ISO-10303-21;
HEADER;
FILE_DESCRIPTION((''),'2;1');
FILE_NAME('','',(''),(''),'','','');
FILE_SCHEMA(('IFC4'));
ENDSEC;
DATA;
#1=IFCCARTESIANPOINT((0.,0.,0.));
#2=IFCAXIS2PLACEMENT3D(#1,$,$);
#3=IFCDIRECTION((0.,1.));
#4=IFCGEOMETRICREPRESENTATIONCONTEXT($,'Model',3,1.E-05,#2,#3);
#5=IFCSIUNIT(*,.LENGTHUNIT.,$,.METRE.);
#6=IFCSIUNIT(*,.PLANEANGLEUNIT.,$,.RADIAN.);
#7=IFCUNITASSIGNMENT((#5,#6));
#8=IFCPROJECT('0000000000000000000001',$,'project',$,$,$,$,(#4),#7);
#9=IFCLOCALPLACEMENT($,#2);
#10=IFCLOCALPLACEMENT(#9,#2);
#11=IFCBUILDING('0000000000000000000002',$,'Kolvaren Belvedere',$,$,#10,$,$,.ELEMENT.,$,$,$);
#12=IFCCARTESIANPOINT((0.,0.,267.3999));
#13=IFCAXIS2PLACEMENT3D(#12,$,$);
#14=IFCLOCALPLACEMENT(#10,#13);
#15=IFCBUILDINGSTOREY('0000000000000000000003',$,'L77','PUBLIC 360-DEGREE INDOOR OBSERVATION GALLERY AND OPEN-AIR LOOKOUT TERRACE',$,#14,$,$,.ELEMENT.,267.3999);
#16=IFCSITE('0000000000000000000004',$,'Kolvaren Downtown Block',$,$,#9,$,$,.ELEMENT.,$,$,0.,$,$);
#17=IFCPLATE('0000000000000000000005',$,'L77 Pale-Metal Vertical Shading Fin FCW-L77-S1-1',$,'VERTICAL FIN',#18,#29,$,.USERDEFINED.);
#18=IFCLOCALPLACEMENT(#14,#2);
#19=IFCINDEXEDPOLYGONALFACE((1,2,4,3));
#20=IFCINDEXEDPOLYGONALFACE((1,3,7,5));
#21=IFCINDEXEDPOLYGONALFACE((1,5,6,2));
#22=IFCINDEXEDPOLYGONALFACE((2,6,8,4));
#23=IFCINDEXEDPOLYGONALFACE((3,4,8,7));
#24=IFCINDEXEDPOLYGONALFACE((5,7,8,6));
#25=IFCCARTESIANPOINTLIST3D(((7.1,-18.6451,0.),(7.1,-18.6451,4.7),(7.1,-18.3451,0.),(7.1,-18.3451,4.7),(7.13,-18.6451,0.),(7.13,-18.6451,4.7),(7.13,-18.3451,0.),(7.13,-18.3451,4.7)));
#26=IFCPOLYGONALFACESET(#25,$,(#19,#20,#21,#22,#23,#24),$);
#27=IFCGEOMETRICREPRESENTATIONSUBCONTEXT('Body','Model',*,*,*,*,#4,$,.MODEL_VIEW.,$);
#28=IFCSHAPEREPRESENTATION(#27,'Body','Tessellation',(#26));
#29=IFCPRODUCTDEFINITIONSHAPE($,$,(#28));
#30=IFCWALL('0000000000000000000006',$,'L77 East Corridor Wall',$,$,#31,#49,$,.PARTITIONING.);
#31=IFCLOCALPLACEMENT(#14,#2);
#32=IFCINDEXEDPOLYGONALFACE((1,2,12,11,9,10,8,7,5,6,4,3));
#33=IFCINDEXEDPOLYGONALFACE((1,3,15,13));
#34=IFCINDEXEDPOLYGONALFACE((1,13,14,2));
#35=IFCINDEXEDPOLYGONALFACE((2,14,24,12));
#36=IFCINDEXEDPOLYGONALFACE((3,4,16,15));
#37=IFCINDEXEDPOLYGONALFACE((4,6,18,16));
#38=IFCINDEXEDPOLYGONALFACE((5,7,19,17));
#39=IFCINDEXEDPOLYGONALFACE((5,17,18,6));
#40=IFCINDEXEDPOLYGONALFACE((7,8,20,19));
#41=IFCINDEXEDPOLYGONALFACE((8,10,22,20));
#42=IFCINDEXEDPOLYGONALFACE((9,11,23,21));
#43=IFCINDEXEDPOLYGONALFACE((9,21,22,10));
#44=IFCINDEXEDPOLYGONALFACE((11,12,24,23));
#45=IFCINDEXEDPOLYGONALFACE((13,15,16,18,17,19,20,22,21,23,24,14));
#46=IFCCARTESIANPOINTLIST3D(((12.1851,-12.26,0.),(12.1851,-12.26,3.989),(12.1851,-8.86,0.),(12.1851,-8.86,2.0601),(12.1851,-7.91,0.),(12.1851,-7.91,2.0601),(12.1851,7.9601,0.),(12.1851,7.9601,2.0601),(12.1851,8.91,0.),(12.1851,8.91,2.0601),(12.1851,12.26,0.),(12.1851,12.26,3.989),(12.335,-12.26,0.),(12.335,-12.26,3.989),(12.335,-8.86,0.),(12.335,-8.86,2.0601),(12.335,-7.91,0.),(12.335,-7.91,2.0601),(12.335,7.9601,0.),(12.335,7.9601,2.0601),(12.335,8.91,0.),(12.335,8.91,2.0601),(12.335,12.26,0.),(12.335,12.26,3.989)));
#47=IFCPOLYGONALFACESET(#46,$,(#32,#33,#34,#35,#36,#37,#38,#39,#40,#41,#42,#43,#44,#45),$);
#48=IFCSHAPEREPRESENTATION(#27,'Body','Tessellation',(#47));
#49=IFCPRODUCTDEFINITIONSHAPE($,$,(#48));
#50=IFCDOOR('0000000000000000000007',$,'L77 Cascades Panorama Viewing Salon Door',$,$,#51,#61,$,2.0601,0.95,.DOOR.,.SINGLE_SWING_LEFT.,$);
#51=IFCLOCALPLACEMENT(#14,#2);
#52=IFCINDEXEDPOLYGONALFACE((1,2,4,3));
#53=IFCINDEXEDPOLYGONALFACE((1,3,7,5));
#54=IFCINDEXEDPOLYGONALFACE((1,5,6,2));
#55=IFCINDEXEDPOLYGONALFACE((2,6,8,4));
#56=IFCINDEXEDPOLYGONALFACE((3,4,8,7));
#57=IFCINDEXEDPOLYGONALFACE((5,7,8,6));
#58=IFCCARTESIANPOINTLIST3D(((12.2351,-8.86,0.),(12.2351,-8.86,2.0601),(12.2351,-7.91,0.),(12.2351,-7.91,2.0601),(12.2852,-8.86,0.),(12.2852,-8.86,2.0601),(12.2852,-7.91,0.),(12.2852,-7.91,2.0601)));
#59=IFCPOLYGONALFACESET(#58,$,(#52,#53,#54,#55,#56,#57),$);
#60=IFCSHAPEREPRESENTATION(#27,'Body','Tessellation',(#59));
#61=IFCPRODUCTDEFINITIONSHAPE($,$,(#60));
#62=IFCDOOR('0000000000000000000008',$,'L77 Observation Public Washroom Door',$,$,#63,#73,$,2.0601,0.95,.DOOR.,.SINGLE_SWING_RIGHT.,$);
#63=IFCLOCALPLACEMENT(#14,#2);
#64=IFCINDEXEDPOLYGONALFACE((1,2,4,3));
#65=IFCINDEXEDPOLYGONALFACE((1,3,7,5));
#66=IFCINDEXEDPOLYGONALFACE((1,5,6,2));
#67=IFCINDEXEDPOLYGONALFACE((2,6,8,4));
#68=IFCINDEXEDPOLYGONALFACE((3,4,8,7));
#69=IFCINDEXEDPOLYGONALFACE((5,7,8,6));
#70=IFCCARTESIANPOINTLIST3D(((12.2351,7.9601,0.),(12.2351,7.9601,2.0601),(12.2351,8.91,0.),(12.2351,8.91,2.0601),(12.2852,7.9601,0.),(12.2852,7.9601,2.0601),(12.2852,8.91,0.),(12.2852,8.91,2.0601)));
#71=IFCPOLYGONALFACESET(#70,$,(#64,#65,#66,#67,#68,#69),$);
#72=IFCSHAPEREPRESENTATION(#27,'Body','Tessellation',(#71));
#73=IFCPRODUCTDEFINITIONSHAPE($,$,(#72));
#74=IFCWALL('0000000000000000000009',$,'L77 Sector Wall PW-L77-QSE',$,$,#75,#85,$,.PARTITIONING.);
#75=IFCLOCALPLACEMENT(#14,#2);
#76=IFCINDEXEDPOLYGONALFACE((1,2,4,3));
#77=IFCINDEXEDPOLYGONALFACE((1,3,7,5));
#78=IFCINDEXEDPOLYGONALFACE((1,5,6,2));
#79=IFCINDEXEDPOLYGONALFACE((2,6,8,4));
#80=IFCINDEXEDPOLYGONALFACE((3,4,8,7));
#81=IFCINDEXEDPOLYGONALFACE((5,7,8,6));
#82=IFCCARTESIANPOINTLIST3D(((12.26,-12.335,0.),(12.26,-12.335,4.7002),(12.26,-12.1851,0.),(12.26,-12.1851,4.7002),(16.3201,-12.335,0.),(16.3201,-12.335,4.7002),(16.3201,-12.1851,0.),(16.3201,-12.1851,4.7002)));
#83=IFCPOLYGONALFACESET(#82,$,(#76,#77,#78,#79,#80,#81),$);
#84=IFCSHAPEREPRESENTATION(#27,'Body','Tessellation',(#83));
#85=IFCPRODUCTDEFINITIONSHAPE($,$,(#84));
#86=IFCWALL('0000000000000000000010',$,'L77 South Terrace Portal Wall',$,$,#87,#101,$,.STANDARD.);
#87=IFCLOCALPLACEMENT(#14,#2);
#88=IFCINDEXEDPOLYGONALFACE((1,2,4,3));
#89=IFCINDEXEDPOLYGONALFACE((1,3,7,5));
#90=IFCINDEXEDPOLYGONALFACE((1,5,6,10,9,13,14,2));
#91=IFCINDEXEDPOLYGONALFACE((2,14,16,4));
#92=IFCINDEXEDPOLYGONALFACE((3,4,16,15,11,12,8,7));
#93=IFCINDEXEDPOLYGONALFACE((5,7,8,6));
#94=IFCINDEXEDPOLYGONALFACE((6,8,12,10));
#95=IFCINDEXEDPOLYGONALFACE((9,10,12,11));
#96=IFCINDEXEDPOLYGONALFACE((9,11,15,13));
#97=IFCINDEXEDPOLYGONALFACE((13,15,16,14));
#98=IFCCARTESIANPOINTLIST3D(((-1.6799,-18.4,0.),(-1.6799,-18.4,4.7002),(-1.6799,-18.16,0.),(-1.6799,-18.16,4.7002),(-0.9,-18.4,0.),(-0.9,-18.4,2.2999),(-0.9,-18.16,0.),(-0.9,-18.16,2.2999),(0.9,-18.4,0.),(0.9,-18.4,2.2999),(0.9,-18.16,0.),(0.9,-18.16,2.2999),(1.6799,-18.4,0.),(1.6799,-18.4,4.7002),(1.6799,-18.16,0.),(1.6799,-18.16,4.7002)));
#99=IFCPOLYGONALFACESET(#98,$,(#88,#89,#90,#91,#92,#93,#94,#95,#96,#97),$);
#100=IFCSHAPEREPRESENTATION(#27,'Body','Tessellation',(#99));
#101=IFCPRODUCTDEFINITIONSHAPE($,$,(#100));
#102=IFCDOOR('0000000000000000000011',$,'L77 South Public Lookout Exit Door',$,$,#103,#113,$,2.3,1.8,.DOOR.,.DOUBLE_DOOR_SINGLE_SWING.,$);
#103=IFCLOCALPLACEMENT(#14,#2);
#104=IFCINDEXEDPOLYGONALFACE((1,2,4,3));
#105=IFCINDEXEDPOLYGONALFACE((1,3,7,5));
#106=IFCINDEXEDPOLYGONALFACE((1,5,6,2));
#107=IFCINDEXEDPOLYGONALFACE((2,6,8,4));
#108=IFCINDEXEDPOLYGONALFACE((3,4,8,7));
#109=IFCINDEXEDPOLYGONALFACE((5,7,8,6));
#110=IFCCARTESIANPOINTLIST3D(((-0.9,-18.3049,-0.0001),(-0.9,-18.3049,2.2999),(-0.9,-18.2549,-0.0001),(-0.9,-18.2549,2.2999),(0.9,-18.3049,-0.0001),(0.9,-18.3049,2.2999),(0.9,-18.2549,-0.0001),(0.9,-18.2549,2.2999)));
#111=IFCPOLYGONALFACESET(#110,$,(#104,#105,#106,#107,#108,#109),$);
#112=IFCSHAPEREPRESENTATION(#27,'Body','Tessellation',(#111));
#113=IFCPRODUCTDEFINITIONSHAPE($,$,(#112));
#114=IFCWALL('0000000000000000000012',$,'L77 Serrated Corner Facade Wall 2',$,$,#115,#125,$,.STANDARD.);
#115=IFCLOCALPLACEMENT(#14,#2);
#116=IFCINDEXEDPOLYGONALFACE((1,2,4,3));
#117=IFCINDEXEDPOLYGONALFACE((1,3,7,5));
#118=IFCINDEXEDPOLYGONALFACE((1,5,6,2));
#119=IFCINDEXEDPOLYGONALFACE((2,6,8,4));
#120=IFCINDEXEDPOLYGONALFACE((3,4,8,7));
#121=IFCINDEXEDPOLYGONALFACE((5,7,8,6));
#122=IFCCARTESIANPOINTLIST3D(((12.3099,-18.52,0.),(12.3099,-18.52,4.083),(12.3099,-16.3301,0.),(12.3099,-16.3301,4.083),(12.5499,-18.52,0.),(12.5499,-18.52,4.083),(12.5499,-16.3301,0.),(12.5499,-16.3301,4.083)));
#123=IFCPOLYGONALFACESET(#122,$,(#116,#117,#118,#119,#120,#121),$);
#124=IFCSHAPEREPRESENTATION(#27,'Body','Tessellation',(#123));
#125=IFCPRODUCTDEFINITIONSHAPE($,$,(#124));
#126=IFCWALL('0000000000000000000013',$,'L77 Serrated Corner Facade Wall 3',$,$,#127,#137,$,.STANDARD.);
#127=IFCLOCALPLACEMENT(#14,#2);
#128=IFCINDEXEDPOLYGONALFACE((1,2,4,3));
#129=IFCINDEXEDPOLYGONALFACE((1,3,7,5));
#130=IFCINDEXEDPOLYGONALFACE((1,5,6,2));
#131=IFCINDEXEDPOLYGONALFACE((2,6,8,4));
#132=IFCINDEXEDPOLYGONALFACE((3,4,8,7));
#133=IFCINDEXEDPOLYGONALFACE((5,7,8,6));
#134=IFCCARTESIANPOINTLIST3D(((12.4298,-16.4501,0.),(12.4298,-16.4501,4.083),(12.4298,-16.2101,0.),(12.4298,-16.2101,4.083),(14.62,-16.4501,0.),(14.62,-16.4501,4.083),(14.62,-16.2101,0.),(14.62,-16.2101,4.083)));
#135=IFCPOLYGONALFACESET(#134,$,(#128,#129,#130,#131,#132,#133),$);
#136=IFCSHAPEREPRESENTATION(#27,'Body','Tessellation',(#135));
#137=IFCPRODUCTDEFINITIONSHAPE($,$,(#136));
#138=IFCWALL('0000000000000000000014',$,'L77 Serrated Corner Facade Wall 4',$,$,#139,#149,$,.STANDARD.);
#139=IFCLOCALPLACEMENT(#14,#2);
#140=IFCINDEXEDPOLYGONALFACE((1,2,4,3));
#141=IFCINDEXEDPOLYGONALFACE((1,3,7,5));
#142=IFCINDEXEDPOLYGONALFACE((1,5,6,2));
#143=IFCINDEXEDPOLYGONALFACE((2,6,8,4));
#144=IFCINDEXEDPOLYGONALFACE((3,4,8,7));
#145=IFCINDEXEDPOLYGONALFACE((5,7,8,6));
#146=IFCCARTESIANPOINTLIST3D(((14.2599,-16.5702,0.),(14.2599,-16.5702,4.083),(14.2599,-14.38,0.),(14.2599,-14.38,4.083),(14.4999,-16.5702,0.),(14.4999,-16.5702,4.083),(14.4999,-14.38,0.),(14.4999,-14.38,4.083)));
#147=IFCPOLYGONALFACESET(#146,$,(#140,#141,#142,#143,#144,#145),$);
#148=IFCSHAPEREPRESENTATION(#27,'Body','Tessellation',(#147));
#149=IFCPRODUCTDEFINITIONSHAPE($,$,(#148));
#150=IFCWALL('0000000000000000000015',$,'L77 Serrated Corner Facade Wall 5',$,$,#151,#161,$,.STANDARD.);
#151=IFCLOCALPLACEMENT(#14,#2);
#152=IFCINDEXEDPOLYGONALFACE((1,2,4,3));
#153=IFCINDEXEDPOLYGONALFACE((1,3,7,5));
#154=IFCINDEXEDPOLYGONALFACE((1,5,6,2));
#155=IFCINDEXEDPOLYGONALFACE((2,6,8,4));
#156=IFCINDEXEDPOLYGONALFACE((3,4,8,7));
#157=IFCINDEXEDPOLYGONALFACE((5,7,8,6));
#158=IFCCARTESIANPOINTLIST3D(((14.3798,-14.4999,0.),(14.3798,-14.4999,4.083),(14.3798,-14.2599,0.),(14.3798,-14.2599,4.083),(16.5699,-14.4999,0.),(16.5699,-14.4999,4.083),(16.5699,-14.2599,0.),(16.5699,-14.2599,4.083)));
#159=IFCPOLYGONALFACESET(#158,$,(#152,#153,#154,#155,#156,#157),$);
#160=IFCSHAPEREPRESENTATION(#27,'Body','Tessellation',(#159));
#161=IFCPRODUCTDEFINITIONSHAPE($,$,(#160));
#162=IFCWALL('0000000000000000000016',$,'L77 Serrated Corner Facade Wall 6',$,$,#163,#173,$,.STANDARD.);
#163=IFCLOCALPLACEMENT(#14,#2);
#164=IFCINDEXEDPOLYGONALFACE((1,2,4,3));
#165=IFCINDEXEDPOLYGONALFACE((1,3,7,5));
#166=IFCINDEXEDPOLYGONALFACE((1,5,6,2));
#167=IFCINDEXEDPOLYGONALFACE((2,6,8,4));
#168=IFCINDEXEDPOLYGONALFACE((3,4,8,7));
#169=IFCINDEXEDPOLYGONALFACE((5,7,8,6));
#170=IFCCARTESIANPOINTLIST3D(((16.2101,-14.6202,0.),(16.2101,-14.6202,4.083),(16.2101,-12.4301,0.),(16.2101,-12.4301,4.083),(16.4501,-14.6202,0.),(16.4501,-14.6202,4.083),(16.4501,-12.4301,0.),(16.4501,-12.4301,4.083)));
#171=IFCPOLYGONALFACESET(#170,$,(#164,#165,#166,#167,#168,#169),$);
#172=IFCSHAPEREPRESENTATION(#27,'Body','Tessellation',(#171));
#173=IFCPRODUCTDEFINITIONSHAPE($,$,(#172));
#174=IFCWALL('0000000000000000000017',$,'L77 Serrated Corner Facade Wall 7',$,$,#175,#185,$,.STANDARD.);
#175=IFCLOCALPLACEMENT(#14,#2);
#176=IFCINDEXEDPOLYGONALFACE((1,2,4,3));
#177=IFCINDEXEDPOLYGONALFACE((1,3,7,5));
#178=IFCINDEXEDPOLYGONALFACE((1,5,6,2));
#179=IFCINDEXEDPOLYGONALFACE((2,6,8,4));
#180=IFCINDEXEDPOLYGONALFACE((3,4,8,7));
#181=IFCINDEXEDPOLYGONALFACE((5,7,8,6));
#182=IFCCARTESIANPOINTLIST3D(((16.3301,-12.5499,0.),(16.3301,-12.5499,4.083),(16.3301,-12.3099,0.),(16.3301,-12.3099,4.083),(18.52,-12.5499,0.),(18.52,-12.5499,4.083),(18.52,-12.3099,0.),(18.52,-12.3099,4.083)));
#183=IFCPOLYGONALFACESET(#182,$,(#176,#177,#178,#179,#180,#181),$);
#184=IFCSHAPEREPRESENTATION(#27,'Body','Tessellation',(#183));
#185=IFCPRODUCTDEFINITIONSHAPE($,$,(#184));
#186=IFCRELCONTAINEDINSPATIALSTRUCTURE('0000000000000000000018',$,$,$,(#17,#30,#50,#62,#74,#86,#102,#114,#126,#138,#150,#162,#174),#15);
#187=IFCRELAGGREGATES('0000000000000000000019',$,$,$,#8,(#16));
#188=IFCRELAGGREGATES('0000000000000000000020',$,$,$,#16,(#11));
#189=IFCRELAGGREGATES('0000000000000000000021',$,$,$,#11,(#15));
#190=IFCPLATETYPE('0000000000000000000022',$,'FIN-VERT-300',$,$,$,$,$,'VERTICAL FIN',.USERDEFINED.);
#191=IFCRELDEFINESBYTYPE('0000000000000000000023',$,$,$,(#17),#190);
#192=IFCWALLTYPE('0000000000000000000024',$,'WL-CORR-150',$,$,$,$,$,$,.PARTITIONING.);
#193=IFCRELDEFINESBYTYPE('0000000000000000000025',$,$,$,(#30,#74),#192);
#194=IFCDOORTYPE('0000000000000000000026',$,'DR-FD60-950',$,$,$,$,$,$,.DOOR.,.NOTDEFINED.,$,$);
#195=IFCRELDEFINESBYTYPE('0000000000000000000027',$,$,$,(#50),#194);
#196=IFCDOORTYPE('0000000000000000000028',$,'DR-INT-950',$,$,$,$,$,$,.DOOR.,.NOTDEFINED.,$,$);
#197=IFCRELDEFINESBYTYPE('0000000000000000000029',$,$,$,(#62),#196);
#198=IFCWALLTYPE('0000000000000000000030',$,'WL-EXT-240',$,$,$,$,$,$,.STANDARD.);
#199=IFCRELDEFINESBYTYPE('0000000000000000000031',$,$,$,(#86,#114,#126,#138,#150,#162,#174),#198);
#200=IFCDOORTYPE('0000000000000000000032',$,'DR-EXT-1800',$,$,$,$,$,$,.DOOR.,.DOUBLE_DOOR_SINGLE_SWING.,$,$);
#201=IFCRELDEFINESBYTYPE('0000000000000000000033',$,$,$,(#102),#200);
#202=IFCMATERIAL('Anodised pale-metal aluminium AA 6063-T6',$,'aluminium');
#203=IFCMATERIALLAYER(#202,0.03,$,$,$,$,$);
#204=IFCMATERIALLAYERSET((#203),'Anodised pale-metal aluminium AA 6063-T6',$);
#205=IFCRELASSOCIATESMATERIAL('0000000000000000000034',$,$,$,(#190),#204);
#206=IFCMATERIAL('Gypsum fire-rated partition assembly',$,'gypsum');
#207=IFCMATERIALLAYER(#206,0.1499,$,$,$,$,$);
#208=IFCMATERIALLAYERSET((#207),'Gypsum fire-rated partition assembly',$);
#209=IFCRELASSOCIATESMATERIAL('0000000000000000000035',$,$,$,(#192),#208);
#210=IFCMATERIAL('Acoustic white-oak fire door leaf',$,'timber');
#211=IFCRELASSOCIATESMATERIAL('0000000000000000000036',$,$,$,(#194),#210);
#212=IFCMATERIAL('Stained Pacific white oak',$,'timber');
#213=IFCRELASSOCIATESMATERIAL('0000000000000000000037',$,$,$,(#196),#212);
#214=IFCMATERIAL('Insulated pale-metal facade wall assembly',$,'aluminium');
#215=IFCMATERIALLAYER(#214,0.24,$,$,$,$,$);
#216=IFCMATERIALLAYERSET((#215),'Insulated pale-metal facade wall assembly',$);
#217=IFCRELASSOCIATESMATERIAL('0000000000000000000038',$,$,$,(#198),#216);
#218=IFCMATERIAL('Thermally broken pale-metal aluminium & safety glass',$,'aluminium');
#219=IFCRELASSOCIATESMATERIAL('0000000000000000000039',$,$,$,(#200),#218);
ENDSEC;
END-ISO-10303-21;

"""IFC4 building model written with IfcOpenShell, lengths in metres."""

from ifc_helpers import new_model, si_unit, direction, frame, frame_2d, origin, origin_2d, place, context, subcontext, project, spatial, rectangle, extrude, material, layer, layer_set, type_object, element, fill, save


model = new_model("IFC4")

# Units and contexts
model_context = context("Model", 3, precision=1e-05, world=origin(), true_north=direction((0.0, 1.0)))
body_context = subcontext(model_context, "Body", "Model", "MODEL_VIEW")
ifc_project = project(units=[si_unit("LENGTHUNIT", "METRE"), si_unit("PLANEANGLEUNIT", "RADIAN")], contexts=[model_context])

# Site, building, storey
site_placement = place(None, origin())
site = spatial("IfcSite", under=ifc_project, at=site_placement, Name="Kolvaren Downtown Block", CompositionType="ELEMENT", RefElevation=0.0)
building_placement = place(site_placement, origin())
building = spatial("IfcBuilding", under=site, at=building_placement, Name="Kolvaren Belvedere", CompositionType="ELEMENT")
storey_placement = place(building_placement, frame((0.0, 0.0, 267.3999)))
storey = spatial("IfcBuildingStorey", under=building, at=storey_placement, Name="L77", Description="PUBLIC 360-DEGREE INDOOR OBSERVATION GALLERY AND OPEN-AIR LOOKOUT TERRACE", CompositionType="ELEMENT", Elevation=267.3999)

# Plate
ifc_material_1 = material(Name="Anodised pale-metal aluminium AA 6063-T6", Category="aluminium")
ifc_layer_1 = layer(ifc_material_1, 0.03)
ifc_layer_set_1 = layer_set([ifc_layer_1], Name="Anodised pale-metal aluminium AA 6063-T6")
plate_type_1 = type_object("IfcPlateType", Name="FIN-VERT-300", ElementType="VERTICAL FIN", PredefinedType="USERDEFINED", material=ifc_layer_set_1)
plate_1_placement = place(storey_placement, frame((7.115, -18.4951, 0.0), z_axis=(0.0, 0.0, 1.0), x_axis=(0.0, 1.0, 0.0)))
element("IfcPlate", 1, at=plate_1_placement, inside=storey, type_object=plate_type_1, Name="L77 Pale-Metal Vertical Shading Fin FCW-L77-S1-1", ObjectType="VERTICAL FIN", PredefinedType="USERDEFINED", context=body_context, shape_type="SweptSolid", body=[
    extrude(rectangle(XDim=0.3, YDim=0.03, at=origin_2d()), origin(), (0.0, 0.0, 1.0), 4.7),
])

# Wall, openings, doors
ifc_material_2 = material(Name="Gypsum fire-rated partition assembly", Category="gypsum")
ifc_layer_2 = layer(ifc_material_2, 0.1499)
ifc_layer_set_2 = layer_set([ifc_layer_2], Name="Gypsum fire-rated partition assembly")
wall_type_1 = type_object("IfcWallType", Name="WL-CORR-150", PredefinedType="PARTITIONING", material=ifc_layer_set_2)
wall_1_placement = place(storey_placement, frame((12.26, -12.26, 0.0), z_axis=(0.0, 0.0, 1.0), x_axis=(0.0, 1.0, 0.0)))
wall_1 = element("IfcWall", 2, at=wall_1_placement, inside=storey, type_object=wall_type_1, Name="L77 East Corridor Wall", PredefinedType="PARTITIONING", context=body_context, shape_type="SweptSolid", body=[
    extrude(rectangle(XDim=24.52, YDim=0.1499, at=frame_2d((12.26, 0.0))), origin(), (0.0, 0.0, 1.0), 3.989),
])
opening_1_placement = place(wall_1_placement, frame((3.3999, 0.0, 0.0)))
opening_1 = element("IfcOpeningElement", 3, at=opening_1_placement, cuts=wall_1, PredefinedType="OPENING", context=body_context, shape_type="SweptSolid", body=[
    extrude(rectangle(XDim=0.95, YDim=2.0601, at=frame_2d((0.4751, 1.03))), frame((0.0, 0.085, 0.0), z_axis=(0.0, -1.0, 0.0), x_axis=(1.0, 0.0, 0.0)), (0.0, 0.0, 1.0), 0.1699),
])
opening_2_placement = place(wall_1_placement, frame((20.22, 0.0, 0.0)))
opening_2 = element("IfcOpeningElement", 4, at=opening_2_placement, cuts=wall_1, PredefinedType="OPENING", context=body_context, shape_type="SweptSolid", body=[
    extrude(rectangle(XDim=0.95, YDim=2.0601, at=frame_2d((0.4751, 1.03))), frame((0.0, 0.085, 0.0), z_axis=(0.0, -1.0, 0.0), x_axis=(1.0, 0.0, 0.0)), (0.0, 0.0, 1.0), 0.1699),
])
ifc_material_3 = material(Name="Acoustic white-oak fire door leaf", Category="timber")
door_type_1 = type_object("IfcDoorType", Name="DR-FD60-950", OperationType="NOTDEFINED", PredefinedType="DOOR", material=ifc_material_3)
door_1_placement = place(opening_1_placement, origin())
door_1 = element("IfcDoor", 5, at=door_1_placement, inside=storey, type_object=door_type_1, Name="L77 Cascades Panorama Viewing Salon Door", OperationType="SINGLE_SWING_LEFT", OverallHeight=2.0601, OverallWidth=0.95, PredefinedType="DOOR", context=body_context, shape_type="SweptSolid", body=[
    extrude(rectangle(XDim=0.95, YDim=2.0601, at=frame_2d((0.4751, 1.03))), frame((0.0, 0.0249, 0.0), z_axis=(0.0, -1.0, 0.0), x_axis=(1.0, 0.0, 0.0)), (0.0, 0.0, 1.0), 0.05),
])
fill(opening_1, door_1)
ifc_material_4 = material(Name="Stained Pacific white oak", Category="timber")
door_type_2 = type_object("IfcDoorType", Name="DR-INT-950", OperationType="NOTDEFINED", PredefinedType="DOOR", material=ifc_material_4)
door_2_placement = place(opening_2_placement, origin())
door_2 = element("IfcDoor", 6, at=door_2_placement, inside=storey, type_object=door_type_2, Name="L77 Observation Public Washroom Door", OperationType="SINGLE_SWING_RIGHT", OverallHeight=2.0601, OverallWidth=0.95, PredefinedType="DOOR", context=body_context, shape_type="SweptSolid", body=[
    extrude(rectangle(XDim=0.95, YDim=2.0601, at=frame_2d((0.4751, 1.03))), frame((0.0, 0.0249, 0.0), z_axis=(0.0, -1.0, 0.0), x_axis=(1.0, 0.0, 0.0)), (0.0, 0.0, 1.0), 0.05),
])
fill(opening_2, door_2)

# Wall
wall_2_placement = place(storey_placement, frame((12.26, -12.26, 0.0), z_axis=(0.0, 0.0, 1.0), x_axis=(1.0, 0.0, 0.0)))
element("IfcWall", 7, at=wall_2_placement, inside=storey, type_object=wall_type_1, Name="L77 Sector Wall PW-L77-QSE", PredefinedType="PARTITIONING", context=body_context, shape_type="SweptSolid", body=[
    extrude(rectangle(XDim=4.0601, YDim=0.1499, at=frame_2d((2.03, 0.0))), origin(), (0.0, 0.0, 1.0), 4.7002),
])

# Wall, opening, door
ifc_material_5 = material(Name="Insulated pale-metal facade wall assembly", Category="aluminium")
ifc_layer_3 = layer(ifc_material_5, 0.24)
ifc_layer_set_3 = layer_set([ifc_layer_3], Name="Insulated pale-metal facade wall assembly")
wall_type_2 = type_object("IfcWallType", Name="WL-EXT-240", PredefinedType="STANDARD", material=ifc_layer_set_3)
wall_3_placement = place(storey_placement, frame((1.6799, -18.28, 0.0), z_axis=(0.0, 0.0, 1.0), x_axis=(-1.0, 0.0, 0.0)))
wall_3 = element("IfcWall", 8, at=wall_3_placement, inside=storey, type_object=wall_type_2, Name="L77 South Terrace Portal Wall", PredefinedType="STANDARD", context=body_context, shape_type="SweptSolid", body=[
    extrude(rectangle(XDim=3.3599, YDim=0.24, at=frame_2d((1.6799, 0.0))), origin(), (0.0, 0.0, 1.0), 4.7002),
])
opening_3_placement = place(wall_3_placement, frame((0.78, 0.0, 0.0)))
opening_3 = element("IfcOpeningElement", 9, at=opening_3_placement, cuts=wall_3, PredefinedType="OPENING", context=body_context, shape_type="SweptSolid", body=[
    extrude(rectangle(XDim=1.8, YDim=2.3, at=frame_2d((0.8999, 1.1499))), frame((0.0, 0.1299, 0.0), z_axis=(0.0, -1.0, 0.0), x_axis=(1.0, 0.0, 0.0)), (0.0, 0.0, 1.0), 0.26),
])
ifc_material_6 = material(Name="Thermally broken pale-metal aluminium & safety glass", Category="aluminium")
door_type_3 = type_object("IfcDoorType", Name="DR-EXT-1800", OperationType="DOUBLE_DOOR_SINGLE_SWING", PredefinedType="DOOR", material=ifc_material_6)
door_3_placement = place(opening_3_placement, origin())
door_3 = element("IfcDoor", 10, at=door_3_placement, inside=storey, type_object=door_type_3, Name="L77 South Public Lookout Exit Door", OperationType="DOUBLE_DOOR_SINGLE_SWING", OverallHeight=2.3, OverallWidth=1.8, PredefinedType="DOOR", context=body_context, shape_type="SweptSolid", body=[
    extrude(rectangle(XDim=1.8, YDim=2.3, at=frame_2d((0.8999, 1.1499))), frame((0.0, 0.0249, 0.0), z_axis=(0.0, -1.0, 0.0), x_axis=(1.0, 0.0, 0.0)), (0.0, 0.0, 1.0), 0.05),
])
fill(opening_3, door_3)

# Walls
wall_4_placement = place(storey_placement, frame((12.4299, -16.3301, 0.0), z_axis=(0.0, 0.0, 1.0), x_axis=(0.0, -1.0, 0.0)))
element("IfcWall", 11, at=wall_4_placement, inside=storey, type_object=wall_type_2, Name="L77 Serrated Corner Facade Wall 2", PredefinedType="STANDARD", context=body_context, shape_type="SweptSolid", body=[
    extrude(rectangle(XDim=2.1899, YDim=0.24, at=frame_2d((1.095, 0.0))), origin(), (0.0, 0.0, 1.0), 4.083),
])
for number, where, z_axis, x_axis, name in (
    (12, (14.6201, -16.3301, 0.0), (0.0, 0.0, 1.0), (-1.0, 0.0, 0.0), "L77 Serrated Corner Facade Wall 3"),
    (13, (14.3799, -14.3799, 0.0), (0.0, 0.0, 1.0), (0.0, -1.0, 0.0), "L77 Serrated Corner Facade Wall 4"),
    (14, (16.5701, -14.3799, 0.0), (0.0, 0.0, 1.0), (-1.0, 0.0, 0.0), "L77 Serrated Corner Facade Wall 5"),
    (15, (16.3301, -12.4299, 0.0), (0.0, 0.0, 1.0), (0.0, -1.0, 0.0), "L77 Serrated Corner Facade Wall 6"),
):
    element("IfcWall", number, at=place(storey_placement, frame(where, z_axis=z_axis, x_axis=x_axis)), inside=storey, type_object=wall_type_2, Name=name, PredefinedType="STANDARD", context=body_context, shape_type="SweptSolid", body=[
        extrude(rectangle(XDim=2.1902, YDim=0.24, at=frame_2d((1.0952, 0.0))), origin(), (0.0, 0.0, 1.0), 4.083),
    ])
wall_5_placement = place(storey_placement, frame((18.52, -12.4299, 0.0), z_axis=(0.0, 0.0, 1.0), x_axis=(-1.0, 0.0, 0.0)))
element("IfcWall", 16, at=wall_5_placement, inside=storey, type_object=wall_type_2, Name="L77 Serrated Corner Facade Wall 7", PredefinedType="STANDARD", context=body_context, shape_type="SweptSolid", body=[
    extrude(rectangle(XDim=2.1899, YDim=0.24, at=frame_2d((1.095, 0.0))), origin(), (0.0, 0.0, 1.0), 4.083),
])

save(model, "model.ifc")
